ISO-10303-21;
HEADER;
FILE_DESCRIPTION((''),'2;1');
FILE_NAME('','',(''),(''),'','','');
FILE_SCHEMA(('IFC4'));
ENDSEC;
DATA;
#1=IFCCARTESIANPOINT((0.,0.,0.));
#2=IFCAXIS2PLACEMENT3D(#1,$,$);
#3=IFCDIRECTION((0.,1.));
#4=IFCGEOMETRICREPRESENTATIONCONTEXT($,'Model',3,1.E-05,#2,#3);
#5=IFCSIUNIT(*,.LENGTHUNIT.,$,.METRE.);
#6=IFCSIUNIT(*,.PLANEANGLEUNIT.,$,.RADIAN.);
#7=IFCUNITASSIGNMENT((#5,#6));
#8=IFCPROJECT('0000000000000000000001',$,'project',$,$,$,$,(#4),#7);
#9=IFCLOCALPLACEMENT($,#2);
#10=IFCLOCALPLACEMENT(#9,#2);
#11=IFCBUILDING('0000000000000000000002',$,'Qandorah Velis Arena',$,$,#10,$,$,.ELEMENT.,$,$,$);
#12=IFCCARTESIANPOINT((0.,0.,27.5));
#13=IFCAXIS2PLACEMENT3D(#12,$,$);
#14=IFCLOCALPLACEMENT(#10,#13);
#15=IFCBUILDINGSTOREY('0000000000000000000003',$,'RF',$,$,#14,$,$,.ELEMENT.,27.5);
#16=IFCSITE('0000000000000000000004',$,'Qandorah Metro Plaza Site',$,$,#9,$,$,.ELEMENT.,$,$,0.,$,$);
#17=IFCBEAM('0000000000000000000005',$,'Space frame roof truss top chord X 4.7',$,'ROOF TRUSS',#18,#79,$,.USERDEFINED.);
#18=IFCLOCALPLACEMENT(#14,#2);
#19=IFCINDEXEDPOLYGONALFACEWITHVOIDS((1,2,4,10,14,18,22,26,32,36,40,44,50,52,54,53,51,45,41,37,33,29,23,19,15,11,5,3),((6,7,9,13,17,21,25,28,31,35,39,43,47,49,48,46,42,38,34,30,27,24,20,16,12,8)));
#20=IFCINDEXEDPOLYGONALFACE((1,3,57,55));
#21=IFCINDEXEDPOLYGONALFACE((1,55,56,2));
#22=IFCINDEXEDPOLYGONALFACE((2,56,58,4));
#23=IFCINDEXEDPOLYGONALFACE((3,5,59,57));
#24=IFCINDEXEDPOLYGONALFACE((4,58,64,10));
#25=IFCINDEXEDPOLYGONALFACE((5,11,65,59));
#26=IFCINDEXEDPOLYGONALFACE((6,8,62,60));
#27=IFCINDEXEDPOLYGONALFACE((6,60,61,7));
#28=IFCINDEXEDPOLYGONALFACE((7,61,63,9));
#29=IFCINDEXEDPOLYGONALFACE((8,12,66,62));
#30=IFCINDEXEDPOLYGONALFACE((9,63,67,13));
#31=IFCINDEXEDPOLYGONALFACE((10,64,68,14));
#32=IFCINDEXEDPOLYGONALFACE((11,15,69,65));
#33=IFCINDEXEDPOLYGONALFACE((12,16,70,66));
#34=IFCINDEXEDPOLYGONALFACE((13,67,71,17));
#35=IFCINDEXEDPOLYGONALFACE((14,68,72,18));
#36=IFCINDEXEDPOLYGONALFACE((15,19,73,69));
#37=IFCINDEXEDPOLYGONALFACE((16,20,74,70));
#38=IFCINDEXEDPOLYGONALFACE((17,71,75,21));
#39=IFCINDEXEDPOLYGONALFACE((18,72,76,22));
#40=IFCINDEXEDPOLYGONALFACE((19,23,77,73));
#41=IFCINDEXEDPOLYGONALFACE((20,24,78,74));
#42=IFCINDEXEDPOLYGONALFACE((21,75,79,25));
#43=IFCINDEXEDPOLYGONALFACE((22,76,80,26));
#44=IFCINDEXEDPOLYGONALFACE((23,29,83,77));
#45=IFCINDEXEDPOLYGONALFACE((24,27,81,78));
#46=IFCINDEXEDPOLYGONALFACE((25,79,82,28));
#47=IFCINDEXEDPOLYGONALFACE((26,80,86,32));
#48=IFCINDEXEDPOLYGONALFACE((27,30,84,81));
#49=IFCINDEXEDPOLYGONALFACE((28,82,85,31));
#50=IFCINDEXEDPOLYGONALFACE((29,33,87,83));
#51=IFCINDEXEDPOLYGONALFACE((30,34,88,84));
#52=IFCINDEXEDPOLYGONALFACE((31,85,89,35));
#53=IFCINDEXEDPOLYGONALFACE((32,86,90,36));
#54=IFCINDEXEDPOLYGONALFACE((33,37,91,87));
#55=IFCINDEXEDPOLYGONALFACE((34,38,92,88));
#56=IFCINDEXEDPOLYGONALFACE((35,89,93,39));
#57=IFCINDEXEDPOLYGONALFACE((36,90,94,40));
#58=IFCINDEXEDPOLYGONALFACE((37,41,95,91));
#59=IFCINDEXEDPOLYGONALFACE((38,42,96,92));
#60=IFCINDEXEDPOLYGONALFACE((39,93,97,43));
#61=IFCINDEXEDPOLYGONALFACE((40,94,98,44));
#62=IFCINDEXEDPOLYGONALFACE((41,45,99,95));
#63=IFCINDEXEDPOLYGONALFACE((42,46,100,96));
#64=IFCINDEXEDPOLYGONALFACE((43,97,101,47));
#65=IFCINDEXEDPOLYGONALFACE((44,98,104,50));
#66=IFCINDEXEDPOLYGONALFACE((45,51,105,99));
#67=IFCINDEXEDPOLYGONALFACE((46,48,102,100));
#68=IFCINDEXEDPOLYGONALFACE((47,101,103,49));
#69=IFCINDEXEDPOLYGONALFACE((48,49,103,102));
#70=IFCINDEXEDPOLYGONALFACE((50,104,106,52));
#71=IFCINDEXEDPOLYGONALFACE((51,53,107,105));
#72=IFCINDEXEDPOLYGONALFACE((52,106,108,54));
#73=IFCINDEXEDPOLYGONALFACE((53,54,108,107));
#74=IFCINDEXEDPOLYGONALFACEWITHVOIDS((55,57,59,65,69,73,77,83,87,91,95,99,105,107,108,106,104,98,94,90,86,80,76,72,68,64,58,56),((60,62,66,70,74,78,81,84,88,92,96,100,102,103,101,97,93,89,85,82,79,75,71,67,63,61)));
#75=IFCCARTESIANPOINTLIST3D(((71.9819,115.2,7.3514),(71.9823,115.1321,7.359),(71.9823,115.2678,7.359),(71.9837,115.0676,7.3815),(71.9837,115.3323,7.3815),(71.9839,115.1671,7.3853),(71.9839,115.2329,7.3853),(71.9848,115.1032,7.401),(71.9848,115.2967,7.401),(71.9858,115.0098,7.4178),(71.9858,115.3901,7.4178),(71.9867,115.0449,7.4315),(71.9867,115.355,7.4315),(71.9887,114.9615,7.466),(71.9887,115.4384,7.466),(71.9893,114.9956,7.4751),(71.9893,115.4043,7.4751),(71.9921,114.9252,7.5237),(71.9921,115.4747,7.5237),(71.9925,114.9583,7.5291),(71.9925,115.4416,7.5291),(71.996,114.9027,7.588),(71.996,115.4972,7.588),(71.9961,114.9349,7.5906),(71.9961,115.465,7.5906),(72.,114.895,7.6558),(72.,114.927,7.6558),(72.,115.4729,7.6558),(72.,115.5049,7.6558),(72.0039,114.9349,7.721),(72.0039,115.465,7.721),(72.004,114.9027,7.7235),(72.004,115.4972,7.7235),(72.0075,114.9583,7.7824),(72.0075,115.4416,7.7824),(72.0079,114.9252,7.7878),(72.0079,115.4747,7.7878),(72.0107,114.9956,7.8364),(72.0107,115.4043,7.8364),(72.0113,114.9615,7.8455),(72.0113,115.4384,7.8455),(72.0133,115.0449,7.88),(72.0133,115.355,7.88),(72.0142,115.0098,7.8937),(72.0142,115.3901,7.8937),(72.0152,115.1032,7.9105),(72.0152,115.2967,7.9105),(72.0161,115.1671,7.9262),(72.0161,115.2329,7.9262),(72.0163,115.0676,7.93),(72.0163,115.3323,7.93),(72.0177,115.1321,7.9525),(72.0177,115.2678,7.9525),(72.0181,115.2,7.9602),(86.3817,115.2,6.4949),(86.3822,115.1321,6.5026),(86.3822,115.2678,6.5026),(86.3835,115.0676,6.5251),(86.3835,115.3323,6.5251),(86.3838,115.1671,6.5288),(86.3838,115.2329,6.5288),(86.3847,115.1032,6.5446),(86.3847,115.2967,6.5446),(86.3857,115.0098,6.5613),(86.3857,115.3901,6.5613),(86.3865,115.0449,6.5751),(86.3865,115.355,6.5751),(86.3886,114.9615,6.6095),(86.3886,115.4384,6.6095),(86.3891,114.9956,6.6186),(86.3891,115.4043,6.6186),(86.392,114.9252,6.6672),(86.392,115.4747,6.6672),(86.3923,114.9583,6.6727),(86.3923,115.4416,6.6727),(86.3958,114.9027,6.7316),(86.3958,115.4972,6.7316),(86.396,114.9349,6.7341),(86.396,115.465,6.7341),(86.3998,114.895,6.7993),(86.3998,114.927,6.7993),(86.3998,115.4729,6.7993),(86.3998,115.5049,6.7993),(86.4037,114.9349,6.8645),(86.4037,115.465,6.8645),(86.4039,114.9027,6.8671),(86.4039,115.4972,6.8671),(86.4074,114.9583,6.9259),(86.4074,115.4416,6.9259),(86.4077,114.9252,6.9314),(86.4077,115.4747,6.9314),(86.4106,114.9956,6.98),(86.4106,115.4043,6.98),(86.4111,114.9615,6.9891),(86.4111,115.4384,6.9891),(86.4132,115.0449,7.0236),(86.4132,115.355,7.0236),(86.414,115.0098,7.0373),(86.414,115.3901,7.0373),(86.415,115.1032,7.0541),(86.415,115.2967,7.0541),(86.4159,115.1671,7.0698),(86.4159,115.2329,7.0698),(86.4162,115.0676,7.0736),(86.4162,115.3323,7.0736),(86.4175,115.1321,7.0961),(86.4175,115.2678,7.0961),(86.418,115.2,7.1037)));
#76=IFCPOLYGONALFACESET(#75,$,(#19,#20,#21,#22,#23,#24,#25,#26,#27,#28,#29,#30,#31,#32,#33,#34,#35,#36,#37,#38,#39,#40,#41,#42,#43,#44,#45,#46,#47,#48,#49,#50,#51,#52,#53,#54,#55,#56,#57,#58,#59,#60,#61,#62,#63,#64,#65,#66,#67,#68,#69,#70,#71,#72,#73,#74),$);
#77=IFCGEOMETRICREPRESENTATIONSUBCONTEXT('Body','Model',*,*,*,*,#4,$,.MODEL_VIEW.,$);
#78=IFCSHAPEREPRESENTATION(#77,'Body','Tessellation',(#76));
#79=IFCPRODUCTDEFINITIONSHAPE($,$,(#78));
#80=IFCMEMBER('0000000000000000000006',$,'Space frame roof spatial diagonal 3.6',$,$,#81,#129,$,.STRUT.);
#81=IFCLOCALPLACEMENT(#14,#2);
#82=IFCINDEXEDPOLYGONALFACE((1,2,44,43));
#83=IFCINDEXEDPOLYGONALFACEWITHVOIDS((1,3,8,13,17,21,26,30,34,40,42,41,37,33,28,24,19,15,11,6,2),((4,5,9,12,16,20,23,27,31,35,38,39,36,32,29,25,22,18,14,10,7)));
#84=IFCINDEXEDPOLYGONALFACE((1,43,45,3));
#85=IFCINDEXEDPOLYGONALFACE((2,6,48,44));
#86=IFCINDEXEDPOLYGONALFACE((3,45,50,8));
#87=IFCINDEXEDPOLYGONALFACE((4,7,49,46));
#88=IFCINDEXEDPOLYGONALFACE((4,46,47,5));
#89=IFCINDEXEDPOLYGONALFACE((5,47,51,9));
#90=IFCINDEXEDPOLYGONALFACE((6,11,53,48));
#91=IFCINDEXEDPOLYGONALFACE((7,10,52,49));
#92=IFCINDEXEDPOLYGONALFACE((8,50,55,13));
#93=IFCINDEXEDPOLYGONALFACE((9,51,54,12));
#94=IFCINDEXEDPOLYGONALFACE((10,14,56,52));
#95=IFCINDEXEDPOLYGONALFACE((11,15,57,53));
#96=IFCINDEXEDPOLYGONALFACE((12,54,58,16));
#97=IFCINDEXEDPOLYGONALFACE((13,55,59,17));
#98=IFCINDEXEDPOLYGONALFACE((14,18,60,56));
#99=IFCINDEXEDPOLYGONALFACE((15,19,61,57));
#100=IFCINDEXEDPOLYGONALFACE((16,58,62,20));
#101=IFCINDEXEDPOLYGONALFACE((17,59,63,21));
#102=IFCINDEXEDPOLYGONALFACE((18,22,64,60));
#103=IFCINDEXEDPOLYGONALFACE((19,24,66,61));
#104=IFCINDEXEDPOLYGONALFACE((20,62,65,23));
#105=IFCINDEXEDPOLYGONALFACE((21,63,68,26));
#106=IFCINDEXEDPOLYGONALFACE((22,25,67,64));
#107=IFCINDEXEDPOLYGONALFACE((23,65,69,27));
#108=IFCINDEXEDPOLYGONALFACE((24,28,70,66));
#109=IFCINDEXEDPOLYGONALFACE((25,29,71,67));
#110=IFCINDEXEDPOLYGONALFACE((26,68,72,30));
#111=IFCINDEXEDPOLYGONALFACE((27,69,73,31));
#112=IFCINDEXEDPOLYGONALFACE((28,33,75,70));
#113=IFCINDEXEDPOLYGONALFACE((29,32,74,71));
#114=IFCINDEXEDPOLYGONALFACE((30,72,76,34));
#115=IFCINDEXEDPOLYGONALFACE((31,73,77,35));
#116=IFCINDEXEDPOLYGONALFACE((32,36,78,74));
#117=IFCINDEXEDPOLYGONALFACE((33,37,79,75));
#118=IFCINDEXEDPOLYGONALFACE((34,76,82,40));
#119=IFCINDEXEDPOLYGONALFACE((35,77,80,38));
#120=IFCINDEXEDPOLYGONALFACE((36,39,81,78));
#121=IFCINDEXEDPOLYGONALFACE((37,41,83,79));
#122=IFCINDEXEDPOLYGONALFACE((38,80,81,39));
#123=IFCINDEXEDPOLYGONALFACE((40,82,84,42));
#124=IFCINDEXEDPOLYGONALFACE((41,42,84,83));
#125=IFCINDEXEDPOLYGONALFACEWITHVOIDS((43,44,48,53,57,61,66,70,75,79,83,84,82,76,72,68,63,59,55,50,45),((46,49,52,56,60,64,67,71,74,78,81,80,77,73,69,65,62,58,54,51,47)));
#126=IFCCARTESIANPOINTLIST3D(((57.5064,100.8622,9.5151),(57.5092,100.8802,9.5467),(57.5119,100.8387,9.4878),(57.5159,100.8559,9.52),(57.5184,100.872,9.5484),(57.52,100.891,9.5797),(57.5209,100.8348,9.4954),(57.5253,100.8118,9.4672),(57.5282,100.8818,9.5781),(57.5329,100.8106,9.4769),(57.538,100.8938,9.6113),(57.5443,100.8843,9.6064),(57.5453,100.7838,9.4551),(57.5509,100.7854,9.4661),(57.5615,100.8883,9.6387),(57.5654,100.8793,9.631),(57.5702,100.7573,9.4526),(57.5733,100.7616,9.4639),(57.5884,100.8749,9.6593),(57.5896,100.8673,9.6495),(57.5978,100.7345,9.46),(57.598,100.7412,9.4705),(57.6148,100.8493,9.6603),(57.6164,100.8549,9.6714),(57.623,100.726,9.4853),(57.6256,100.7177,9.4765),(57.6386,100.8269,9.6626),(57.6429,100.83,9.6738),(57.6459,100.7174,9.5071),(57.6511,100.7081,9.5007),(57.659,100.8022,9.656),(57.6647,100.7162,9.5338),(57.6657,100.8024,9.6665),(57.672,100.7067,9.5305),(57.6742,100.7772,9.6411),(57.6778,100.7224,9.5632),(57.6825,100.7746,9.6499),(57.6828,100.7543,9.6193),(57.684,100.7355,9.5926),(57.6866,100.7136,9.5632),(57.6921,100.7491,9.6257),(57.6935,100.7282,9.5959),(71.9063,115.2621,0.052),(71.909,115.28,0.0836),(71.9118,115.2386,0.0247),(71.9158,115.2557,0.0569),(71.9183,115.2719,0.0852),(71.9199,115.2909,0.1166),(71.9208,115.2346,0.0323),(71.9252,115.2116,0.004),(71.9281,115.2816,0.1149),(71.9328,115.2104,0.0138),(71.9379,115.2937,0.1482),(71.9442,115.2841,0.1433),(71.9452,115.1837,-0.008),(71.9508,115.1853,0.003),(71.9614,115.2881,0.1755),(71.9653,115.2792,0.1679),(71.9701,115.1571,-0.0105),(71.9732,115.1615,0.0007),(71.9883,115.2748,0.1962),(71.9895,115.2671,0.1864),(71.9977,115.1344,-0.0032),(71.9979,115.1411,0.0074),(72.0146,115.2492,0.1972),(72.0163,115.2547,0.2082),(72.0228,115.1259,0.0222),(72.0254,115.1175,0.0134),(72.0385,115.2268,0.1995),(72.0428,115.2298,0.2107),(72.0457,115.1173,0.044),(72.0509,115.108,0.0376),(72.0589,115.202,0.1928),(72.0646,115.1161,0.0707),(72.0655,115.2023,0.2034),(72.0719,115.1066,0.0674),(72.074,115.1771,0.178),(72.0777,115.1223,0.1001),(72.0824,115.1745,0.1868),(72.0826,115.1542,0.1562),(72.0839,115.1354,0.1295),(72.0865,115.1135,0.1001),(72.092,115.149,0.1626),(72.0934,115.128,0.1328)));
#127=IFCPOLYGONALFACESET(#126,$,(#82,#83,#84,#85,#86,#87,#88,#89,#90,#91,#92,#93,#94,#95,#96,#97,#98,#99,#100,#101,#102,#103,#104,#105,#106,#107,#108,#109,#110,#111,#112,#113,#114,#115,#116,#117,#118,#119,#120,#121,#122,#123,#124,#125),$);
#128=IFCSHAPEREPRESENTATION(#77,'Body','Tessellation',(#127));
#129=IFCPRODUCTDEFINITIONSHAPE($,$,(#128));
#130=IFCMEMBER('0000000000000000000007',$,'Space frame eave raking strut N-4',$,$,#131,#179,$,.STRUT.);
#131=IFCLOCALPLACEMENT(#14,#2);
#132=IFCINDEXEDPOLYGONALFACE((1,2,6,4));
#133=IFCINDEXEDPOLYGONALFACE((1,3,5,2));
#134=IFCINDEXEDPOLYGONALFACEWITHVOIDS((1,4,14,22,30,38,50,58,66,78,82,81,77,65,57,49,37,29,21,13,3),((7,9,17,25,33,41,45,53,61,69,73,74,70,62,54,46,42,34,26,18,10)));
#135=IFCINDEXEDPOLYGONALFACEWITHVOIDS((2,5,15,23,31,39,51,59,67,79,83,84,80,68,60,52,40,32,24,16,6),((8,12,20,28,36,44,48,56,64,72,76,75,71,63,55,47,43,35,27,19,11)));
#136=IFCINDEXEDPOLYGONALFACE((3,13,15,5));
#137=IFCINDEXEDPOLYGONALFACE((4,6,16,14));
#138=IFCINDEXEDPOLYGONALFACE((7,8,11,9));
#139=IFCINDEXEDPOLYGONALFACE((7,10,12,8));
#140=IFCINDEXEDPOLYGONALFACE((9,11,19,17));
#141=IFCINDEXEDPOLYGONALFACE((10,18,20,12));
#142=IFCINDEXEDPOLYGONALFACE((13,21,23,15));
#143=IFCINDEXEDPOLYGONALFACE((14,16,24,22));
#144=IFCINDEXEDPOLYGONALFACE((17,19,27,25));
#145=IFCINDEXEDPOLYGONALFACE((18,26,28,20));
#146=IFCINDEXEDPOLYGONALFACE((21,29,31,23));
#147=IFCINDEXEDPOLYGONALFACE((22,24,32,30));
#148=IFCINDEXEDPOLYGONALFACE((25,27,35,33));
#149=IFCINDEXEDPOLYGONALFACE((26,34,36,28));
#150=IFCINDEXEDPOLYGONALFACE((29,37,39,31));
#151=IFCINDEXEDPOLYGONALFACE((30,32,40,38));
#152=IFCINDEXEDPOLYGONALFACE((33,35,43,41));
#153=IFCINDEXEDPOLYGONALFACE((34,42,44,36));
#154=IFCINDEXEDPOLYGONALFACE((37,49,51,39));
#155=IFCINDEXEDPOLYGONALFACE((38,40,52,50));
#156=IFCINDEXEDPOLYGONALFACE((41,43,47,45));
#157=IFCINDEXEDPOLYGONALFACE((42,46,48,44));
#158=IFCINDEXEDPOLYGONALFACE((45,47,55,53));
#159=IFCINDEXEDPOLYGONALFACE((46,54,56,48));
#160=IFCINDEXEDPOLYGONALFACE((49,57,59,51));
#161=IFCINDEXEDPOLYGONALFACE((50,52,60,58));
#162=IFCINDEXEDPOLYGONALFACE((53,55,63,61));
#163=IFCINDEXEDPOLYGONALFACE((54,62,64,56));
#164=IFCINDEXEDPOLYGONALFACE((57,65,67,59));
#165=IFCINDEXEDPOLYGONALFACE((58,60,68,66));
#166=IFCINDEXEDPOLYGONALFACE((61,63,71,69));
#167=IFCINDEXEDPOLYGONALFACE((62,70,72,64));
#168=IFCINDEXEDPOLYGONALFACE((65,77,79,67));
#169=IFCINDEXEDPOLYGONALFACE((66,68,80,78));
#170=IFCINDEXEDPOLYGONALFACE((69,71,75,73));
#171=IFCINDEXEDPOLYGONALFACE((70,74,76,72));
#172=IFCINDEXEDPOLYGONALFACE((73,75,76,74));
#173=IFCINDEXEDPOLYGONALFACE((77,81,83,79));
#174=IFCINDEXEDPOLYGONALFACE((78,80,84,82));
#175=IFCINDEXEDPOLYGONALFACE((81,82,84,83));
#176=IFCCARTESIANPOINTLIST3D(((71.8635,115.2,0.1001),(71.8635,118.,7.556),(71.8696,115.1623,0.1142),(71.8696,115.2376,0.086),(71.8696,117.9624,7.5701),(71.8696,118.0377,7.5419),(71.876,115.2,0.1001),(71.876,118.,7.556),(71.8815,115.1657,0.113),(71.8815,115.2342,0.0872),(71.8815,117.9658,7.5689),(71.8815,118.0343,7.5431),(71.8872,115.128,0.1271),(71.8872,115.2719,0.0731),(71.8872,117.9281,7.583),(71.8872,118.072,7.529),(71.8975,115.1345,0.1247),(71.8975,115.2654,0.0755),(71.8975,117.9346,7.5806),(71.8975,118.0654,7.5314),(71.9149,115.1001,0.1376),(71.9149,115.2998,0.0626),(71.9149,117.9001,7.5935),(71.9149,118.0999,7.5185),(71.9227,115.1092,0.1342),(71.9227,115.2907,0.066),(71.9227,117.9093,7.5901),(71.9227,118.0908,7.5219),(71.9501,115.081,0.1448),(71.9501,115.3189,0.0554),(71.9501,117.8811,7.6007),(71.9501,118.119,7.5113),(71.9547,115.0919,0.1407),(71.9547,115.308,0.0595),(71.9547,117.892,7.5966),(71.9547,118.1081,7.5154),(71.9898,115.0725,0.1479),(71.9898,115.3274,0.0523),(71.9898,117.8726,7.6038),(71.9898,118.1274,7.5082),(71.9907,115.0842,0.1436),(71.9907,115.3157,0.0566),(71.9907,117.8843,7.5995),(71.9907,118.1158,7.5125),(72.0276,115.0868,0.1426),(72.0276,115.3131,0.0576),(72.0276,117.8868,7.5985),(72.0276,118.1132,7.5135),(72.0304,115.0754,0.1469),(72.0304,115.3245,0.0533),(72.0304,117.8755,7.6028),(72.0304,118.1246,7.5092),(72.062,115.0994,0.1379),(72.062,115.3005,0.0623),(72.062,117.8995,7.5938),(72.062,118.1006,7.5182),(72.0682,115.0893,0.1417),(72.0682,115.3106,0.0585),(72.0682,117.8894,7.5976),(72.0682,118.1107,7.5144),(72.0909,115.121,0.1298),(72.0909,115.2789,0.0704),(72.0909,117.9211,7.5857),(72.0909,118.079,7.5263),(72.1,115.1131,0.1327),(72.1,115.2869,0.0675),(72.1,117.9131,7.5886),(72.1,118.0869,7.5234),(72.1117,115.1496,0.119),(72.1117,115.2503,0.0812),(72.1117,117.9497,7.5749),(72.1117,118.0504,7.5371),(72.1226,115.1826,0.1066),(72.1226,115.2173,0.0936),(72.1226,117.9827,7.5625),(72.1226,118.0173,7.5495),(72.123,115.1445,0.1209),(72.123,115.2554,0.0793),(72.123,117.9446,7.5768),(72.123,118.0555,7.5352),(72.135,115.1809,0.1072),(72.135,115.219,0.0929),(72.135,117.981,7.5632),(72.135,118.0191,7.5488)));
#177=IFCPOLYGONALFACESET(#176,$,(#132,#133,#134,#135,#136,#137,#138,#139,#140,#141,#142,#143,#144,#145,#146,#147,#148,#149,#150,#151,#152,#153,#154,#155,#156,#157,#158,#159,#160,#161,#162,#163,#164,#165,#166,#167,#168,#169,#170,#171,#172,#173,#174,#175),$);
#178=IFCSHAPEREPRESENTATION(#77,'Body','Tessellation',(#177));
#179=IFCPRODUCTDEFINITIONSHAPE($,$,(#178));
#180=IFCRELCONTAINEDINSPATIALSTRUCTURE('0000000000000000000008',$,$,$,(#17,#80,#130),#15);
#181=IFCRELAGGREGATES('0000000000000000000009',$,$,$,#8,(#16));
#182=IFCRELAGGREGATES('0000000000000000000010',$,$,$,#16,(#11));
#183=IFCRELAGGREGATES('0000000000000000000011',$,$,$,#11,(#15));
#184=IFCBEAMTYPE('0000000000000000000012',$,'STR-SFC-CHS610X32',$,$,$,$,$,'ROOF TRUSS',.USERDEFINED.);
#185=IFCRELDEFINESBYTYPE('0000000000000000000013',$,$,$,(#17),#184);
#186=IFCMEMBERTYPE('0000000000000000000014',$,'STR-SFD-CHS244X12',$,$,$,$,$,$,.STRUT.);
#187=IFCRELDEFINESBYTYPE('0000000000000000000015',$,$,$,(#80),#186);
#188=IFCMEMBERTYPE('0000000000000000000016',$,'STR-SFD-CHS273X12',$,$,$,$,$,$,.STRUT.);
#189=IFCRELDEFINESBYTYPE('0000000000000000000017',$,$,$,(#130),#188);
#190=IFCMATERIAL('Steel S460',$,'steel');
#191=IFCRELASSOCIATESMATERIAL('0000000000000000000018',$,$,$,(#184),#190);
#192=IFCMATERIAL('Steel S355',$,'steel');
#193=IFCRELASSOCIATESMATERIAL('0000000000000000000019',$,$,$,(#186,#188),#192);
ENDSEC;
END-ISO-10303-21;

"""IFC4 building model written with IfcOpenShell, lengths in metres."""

from ifc_helpers import new_model, si_unit, direction, frame, origin, origin_2d, place, context, subcontext, project, spatial, hollow_circle, extrude, material, material_profile, profile_set, type_object, element, save


model = new_model("IFC4")

# Units and contexts
model_context = context("Model", 3, precision=1e-05, world=origin(), true_north=direction((0.0, 1.0)))
body_context = subcontext(model_context, "Body", "Model", "MODEL_VIEW")
ifc_project = project(units=[si_unit("LENGTHUNIT", "METRE"), si_unit("PLANEANGLEUNIT", "RADIAN")], contexts=[model_context])

# Site, building, storey
site_placement = place(None, origin())
site = spatial("IfcSite", under=ifc_project, at=site_placement, Name="Qandorah Metro Plaza Site", CompositionType="ELEMENT", RefElevation=0.0)
building_placement = place(site_placement, origin())
building = spatial("IfcBuilding", under=site, at=building_placement, Name="Qandorah Velis Arena", CompositionType="ELEMENT")
storey_placement = place(building_placement, frame((0.0, 0.0, 27.5)))
storey = spatial("IfcBuildingStorey", under=building, at=storey_placement, Name="RF", CompositionType="ELEMENT", Elevation=27.5)

# Beam
ifc_material_1 = material(Name="Steel S355", Category="steel")
ifc_material_2 = material(Name="Steel S460", Category="steel")
ifc_material_profile_1 = material_profile(ifc_material_2, hollow_circle(Radius=0.3049, WallThickness=0.032, at=origin_2d()), Name="CHS 610x32")
ifc_profile_set_1 = profile_set([ifc_material_profile_1], Name="Steel S460")
beam_type_1 = type_object("IfcBeamType", Name="STR-SFC-CHS610X32", ElementType="ROOF TRUSS", PredefinedType="USERDEFINED", material=ifc_profile_set_1)
beam_1_placement = place(storey_placement, frame((72.0, 115.2, 7.6558), z_axis=(0.998236, 0.0, -0.059371), x_axis=(0.0, 1.0, 0.0)))
element("IfcBeam", 1, at=beam_1_placement, inside=storey, type_object=beam_type_1, Name="Space frame roof truss top chord X 4.7", ObjectType="ROOF TRUSS", PredefinedType="USERDEFINED", context=body_context, shape_type="SweptSolid", body=[
    extrude(hollow_circle(Radius=0.3049, WallThickness=0.032, at=origin_2d()), origin(), (0.0, 0.0, 1.0), 14.4253),
])

# Members
ifc_material_profile_2 = material_profile(ifc_material_1, hollow_circle(Radius=0.1223, WallThickness=0.0125, at=origin_2d()), Name="CHS 244.5x12.5")
ifc_profile_set_2 = profile_set([ifc_material_profile_2], Name="Steel S355")
member_type_1 = type_object("IfcMemberType", Name="STR-SFD-CHS244X12", PredefinedType="STRUT", material=ifc_profile_set_2)
member_1_placement = place(storey_placement, frame((72.0, 115.2, 0.1001), z_axis=(-0.641254, -0.641254, 0.421411), x_axis=(0.707107, -0.707107, 0.0)))
element("IfcMember", 2, at=member_1_placement, inside=storey, type_object=member_type_1, Name="Space frame roof spatial diagonal 3.6", PredefinedType="STRUT", context=body_context, shape_type="SweptSolid", body=[
    extrude(hollow_circle(Radius=0.1223, WallThickness=0.0125, at=origin_2d()), origin(), (0.0, 0.0, 1.0), 22.4558),
])
ifc_material_profile_3 = material_profile(ifc_material_1, hollow_circle(Radius=0.1365, WallThickness=0.0125, at=origin_2d()), Name="CHS 273x12.5")
ifc_profile_set_3 = profile_set([ifc_material_profile_3], Name="Steel S355")
member_type_2 = type_object("IfcMemberType", Name="STR-SFD-CHS273X12", PredefinedType="STRUT", material=ifc_profile_set_3)
member_2_placement = place(storey_placement, frame((72.0, 115.2, 0.1001), z_axis=(0.0, 0.351577, 0.936159), x_axis=(-1.0, 0.0, 0.0)))
element("IfcMember", 3, at=member_2_placement, inside=storey, type_object=member_type_2, Name="Space frame eave raking strut N-4", PredefinedType="STRUT", context=body_context, shape_type="SweptSolid", body=[
    extrude(hollow_circle(Radius=0.1365, WallThickness=0.0125, at=origin_2d()), origin(), (0.0, 0.0, 1.0), 7.9644),
])

save(model, "model.ifc")
